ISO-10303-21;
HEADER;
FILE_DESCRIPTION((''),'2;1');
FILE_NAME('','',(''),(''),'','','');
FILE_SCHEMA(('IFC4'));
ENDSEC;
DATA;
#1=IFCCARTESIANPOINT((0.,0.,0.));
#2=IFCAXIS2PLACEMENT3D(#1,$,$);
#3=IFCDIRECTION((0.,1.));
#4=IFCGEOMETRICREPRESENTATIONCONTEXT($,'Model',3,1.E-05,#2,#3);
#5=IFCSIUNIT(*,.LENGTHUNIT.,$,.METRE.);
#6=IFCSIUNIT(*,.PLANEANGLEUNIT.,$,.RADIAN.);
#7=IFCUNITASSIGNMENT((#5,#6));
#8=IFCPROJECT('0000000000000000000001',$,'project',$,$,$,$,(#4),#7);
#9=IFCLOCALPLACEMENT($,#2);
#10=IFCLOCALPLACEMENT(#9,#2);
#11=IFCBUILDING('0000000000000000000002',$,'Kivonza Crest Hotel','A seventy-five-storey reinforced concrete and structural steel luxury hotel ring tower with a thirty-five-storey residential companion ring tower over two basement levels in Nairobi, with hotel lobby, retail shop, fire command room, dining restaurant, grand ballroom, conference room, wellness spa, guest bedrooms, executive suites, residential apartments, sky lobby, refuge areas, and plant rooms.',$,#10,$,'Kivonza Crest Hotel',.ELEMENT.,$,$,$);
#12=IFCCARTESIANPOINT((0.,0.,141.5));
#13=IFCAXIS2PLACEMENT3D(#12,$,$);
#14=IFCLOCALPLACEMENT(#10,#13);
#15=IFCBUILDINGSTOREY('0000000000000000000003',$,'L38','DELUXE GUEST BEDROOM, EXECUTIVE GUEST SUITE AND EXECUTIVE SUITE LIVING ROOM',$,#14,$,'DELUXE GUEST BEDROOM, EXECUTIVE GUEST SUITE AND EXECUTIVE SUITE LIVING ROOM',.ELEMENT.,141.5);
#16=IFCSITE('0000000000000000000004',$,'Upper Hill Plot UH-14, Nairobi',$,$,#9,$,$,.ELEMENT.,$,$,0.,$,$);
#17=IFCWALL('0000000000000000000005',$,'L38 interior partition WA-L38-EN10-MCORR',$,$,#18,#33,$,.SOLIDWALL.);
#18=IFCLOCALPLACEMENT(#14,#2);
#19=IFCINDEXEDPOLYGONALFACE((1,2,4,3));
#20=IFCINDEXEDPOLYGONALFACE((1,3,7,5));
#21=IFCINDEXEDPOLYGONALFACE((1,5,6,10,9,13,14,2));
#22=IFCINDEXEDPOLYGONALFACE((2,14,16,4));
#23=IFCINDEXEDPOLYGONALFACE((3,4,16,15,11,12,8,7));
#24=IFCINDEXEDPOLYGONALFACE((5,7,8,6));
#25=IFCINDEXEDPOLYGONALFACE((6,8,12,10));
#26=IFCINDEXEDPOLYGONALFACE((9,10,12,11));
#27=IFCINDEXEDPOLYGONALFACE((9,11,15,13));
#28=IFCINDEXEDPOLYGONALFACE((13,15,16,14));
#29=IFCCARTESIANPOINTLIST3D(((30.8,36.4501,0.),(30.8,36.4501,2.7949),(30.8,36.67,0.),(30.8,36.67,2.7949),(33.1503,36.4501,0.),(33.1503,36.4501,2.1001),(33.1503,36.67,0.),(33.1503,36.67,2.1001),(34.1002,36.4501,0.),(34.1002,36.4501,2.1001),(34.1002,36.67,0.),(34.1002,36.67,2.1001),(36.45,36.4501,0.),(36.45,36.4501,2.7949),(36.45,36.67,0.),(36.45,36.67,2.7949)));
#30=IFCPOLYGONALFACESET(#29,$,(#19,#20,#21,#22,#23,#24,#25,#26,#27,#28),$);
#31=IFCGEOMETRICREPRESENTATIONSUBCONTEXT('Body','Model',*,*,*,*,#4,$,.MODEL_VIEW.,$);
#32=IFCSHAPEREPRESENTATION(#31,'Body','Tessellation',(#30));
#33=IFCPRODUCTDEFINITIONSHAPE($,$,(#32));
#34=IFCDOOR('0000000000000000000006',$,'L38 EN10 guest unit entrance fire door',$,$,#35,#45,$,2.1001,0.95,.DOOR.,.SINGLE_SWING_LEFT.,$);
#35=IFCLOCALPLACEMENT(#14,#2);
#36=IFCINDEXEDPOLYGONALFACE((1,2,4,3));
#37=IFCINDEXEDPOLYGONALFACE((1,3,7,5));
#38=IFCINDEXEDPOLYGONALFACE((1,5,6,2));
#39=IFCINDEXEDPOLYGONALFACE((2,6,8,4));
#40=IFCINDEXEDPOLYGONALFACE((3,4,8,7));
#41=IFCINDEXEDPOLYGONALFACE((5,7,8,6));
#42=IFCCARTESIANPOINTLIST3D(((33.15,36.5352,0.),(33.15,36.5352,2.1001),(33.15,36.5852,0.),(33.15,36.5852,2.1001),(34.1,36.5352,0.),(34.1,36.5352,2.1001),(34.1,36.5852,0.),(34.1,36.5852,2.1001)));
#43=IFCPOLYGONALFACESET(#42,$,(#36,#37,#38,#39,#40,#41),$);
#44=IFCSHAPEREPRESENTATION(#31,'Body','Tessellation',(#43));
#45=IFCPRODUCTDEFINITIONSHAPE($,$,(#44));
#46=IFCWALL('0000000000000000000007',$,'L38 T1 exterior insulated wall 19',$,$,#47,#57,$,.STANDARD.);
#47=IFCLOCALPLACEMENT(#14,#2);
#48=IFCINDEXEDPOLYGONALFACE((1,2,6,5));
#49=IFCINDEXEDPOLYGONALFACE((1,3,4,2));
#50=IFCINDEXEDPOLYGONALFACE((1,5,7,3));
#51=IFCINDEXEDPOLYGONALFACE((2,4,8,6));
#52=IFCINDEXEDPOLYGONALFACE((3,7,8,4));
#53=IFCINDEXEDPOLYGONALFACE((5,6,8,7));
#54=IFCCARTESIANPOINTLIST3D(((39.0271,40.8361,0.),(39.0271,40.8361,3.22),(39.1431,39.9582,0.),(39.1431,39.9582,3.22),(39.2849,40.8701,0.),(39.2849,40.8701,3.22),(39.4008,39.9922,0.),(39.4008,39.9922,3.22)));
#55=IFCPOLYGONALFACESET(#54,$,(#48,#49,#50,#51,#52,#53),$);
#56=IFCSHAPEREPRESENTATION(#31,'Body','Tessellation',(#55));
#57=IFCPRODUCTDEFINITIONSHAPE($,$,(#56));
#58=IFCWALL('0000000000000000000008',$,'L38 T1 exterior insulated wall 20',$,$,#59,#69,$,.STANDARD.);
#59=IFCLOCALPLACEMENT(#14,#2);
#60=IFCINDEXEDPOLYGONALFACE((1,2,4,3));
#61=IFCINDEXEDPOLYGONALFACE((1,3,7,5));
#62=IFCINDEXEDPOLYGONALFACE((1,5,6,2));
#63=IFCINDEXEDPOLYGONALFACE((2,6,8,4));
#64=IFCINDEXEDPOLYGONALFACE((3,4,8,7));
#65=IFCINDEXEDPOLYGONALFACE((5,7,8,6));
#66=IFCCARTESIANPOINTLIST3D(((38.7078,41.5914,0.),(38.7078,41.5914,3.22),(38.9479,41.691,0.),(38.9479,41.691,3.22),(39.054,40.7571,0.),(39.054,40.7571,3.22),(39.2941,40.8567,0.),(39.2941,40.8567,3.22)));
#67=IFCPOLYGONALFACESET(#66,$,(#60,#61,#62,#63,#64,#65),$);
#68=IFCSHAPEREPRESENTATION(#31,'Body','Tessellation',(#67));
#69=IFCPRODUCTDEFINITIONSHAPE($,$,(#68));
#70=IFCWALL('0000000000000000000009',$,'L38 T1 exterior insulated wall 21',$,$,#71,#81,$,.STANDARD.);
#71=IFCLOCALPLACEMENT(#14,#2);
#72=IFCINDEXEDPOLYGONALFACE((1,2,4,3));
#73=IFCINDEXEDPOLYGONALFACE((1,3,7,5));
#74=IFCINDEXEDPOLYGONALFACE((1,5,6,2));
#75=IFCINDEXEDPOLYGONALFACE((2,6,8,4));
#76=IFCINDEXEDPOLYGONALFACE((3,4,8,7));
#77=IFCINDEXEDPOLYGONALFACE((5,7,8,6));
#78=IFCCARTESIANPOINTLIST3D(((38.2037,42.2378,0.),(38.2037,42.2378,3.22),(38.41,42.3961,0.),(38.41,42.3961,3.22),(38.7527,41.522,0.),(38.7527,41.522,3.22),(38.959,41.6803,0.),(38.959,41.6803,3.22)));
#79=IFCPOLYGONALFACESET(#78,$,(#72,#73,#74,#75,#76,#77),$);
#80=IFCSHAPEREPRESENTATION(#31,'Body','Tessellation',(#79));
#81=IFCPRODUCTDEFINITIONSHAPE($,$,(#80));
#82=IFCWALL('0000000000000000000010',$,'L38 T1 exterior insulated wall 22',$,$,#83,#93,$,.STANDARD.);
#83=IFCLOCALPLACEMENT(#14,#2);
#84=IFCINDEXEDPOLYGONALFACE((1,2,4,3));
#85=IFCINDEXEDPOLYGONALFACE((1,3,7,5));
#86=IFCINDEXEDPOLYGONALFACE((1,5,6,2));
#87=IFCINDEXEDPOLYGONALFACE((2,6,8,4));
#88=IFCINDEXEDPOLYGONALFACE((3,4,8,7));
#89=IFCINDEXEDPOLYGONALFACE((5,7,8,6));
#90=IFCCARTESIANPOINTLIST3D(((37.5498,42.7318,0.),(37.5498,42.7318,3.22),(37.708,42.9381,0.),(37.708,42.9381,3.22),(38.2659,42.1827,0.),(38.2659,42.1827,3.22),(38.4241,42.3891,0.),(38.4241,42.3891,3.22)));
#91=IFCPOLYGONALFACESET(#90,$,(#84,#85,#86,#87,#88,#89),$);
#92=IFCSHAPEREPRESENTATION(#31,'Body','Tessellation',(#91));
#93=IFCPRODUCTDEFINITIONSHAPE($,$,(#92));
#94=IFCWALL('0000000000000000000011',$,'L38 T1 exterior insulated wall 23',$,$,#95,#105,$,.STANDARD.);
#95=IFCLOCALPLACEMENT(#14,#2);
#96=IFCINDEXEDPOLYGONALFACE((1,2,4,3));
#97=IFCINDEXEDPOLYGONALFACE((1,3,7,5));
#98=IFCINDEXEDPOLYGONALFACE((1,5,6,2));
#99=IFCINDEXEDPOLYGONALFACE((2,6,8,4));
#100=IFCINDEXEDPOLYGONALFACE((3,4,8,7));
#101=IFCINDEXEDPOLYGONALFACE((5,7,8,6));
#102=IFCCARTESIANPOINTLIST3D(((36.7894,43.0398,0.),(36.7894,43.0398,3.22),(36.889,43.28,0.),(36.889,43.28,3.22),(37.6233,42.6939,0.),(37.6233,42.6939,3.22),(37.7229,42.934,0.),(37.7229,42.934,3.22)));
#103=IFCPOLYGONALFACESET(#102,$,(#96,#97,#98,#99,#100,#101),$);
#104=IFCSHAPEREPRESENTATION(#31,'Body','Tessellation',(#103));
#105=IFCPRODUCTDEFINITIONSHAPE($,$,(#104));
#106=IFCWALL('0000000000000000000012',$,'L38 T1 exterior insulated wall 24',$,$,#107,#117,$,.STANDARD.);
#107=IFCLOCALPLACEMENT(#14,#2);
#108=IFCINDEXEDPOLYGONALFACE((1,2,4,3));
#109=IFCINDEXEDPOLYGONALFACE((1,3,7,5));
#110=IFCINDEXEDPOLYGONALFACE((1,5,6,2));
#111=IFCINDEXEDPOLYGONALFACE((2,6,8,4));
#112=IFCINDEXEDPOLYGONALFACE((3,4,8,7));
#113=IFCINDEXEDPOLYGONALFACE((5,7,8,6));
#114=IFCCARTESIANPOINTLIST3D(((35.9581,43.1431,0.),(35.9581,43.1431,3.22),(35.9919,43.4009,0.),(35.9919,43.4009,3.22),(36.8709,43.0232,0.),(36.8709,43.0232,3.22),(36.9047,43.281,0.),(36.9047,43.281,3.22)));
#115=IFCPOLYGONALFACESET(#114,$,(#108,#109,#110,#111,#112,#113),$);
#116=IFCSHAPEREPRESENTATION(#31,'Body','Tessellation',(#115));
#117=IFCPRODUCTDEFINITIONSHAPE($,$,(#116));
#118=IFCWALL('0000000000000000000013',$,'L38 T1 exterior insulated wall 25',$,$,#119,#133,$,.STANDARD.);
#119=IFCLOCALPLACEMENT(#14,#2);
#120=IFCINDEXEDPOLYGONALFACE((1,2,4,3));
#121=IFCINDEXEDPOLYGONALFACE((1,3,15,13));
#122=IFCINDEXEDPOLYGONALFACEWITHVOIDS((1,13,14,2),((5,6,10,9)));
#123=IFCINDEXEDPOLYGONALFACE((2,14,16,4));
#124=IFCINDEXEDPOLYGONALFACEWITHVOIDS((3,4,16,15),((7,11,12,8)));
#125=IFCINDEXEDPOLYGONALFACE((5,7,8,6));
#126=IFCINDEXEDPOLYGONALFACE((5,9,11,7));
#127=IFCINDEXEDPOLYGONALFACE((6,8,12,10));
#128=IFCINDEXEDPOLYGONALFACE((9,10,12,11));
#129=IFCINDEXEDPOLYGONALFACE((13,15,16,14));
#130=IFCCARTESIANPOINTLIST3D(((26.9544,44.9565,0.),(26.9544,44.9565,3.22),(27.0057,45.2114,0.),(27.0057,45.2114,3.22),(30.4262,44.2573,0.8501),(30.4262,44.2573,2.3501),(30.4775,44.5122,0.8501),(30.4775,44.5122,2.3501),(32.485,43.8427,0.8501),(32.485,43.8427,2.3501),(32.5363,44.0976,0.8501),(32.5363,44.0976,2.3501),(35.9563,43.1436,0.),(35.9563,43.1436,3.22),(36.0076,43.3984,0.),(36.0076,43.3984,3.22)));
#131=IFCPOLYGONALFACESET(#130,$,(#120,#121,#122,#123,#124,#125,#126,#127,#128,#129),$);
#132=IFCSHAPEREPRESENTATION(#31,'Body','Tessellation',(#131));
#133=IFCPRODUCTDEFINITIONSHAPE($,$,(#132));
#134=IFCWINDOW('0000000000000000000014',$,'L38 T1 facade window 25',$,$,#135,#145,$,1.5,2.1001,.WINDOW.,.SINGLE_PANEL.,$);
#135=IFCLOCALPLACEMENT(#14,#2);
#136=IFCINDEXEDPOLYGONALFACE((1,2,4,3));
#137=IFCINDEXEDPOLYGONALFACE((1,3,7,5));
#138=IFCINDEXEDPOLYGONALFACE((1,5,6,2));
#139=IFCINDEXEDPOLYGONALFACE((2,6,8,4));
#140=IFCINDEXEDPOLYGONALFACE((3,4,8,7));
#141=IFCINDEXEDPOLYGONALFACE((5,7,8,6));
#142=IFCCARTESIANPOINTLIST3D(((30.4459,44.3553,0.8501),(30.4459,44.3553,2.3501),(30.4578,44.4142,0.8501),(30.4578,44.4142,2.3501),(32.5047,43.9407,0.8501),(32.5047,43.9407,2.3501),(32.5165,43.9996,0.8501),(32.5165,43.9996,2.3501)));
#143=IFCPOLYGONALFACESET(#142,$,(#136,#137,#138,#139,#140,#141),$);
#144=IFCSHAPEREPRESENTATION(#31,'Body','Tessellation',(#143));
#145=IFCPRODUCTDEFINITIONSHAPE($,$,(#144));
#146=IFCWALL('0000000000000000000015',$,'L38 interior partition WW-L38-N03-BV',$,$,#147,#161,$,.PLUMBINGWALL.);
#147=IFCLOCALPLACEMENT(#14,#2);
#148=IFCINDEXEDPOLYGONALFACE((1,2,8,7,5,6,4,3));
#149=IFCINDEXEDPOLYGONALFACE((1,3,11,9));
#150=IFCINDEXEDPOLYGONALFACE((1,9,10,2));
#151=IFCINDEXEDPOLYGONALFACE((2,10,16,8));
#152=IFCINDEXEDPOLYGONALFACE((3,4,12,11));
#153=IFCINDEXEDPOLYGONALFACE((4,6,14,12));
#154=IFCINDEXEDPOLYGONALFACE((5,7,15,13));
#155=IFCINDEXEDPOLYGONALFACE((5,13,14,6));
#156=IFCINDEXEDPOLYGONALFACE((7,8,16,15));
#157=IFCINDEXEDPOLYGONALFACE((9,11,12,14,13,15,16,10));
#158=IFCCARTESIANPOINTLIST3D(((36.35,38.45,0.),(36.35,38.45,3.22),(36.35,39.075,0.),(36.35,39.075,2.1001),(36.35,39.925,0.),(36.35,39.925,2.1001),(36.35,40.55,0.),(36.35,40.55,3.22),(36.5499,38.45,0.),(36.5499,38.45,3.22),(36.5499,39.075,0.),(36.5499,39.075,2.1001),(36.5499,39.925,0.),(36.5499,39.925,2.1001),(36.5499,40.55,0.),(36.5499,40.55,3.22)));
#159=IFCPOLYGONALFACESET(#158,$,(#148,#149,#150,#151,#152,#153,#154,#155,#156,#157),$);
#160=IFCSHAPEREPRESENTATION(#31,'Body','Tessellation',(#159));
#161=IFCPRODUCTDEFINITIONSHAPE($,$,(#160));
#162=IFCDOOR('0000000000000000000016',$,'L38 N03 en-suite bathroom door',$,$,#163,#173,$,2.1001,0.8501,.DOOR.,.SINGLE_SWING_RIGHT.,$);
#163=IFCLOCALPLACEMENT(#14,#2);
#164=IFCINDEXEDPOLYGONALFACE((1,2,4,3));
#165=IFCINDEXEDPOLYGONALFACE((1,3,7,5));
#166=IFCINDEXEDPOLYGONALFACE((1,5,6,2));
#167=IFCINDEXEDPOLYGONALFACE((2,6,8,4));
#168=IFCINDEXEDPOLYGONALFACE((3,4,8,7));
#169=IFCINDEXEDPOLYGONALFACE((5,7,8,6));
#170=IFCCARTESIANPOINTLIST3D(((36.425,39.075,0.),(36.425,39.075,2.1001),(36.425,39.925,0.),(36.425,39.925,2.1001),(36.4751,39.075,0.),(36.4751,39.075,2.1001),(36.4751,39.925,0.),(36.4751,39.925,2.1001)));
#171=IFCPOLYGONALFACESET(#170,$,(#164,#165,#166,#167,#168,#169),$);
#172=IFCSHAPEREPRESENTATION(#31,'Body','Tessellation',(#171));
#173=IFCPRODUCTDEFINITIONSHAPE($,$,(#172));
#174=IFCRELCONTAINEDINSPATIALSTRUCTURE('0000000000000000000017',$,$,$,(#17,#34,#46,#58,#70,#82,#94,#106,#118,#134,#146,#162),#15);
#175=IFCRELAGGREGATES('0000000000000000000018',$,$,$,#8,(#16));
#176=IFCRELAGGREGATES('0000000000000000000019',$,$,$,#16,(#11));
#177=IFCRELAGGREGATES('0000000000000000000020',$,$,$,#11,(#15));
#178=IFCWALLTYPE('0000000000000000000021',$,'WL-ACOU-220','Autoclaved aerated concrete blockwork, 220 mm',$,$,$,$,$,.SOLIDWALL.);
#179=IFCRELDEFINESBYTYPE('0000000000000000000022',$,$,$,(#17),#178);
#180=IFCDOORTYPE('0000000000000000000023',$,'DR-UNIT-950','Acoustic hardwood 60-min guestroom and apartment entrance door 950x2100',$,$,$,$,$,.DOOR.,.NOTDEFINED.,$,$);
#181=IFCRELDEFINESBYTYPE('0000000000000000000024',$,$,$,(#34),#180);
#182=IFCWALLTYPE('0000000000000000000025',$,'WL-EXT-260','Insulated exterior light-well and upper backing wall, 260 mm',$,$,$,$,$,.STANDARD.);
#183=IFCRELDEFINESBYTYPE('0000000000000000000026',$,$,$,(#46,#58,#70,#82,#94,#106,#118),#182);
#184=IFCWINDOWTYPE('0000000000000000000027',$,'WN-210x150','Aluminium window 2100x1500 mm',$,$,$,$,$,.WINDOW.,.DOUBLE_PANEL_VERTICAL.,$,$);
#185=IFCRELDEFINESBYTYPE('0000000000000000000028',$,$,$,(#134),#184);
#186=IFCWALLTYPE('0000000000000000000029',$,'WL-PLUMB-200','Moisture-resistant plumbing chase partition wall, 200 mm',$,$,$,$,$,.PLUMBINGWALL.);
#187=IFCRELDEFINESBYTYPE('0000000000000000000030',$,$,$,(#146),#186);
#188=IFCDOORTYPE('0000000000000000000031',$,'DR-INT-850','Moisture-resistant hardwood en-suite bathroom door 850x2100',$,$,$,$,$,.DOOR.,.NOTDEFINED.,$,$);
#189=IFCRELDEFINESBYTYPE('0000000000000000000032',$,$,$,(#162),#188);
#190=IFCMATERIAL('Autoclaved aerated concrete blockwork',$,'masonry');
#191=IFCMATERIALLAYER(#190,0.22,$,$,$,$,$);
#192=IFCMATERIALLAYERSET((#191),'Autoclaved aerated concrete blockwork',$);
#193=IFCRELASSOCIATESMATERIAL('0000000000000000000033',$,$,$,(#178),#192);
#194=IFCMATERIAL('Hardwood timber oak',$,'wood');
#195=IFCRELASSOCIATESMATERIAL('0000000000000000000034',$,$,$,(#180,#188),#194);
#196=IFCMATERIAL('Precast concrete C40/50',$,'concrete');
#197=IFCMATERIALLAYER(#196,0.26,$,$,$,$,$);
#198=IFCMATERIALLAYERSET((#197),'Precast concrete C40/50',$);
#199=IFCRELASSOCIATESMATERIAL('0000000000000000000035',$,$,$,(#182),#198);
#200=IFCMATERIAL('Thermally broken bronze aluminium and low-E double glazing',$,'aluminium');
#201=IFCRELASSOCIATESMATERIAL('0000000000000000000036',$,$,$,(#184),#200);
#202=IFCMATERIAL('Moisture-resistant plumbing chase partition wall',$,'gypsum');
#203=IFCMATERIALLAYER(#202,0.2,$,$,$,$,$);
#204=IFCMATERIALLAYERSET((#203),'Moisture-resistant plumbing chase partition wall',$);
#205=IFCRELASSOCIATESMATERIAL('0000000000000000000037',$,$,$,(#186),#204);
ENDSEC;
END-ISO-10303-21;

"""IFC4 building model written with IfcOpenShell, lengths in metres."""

from ifc_helpers import new_model, si_unit, direction, frame, frame_2d, origin, place, context, subcontext, project, spatial, rectangle, extrude, material, layer, layer_set, type_object, element, fill, save


model = new_model("IFC4")

# Units and contexts
model_context = context("Model", 3, precision=1e-05, world=origin(), true_north=direction((0.0, 1.0)))
body_context = subcontext(model_context, "Body", "Model", "MODEL_VIEW")
ifc_project = project(units=[si_unit("LENGTHUNIT", "METRE"), si_unit("PLANEANGLEUNIT", "RADIAN")], contexts=[model_context])

# Site, building, storey
site_placement = place(None, origin())
site = spatial("IfcSite", under=ifc_project, at=site_placement, Name="Upper Hill Plot UH-14, Nairobi", CompositionType="ELEMENT", RefElevation=0.0)
building_placement = place(site_placement, origin())
building = spatial("IfcBuilding", under=site, at=building_placement, Name="Kivonza Crest Hotel", Description="A seventy-five-storey reinforced concrete and structural steel luxury hotel ring tower with a thirty-five-storey residential companion ring tower over two basement levels in Nairobi, with hotel lobby, retail shop, fire command room, dining restaurant, grand ballroom, conference room, wellness spa, guest bedrooms, executive suites, residential apartments, sky lobby, refuge areas, and plant rooms.", LongName="Kivonza Crest Hotel", CompositionType="ELEMENT")
storey_placement = place(building_placement, frame((0.0, 0.0, 141.5)))
storey = spatial("IfcBuildingStorey", under=building, at=storey_placement, Name="L38", Description="DELUXE GUEST BEDROOM, EXECUTIVE GUEST SUITE AND EXECUTIVE SUITE LIVING ROOM", LongName="DELUXE GUEST BEDROOM, EXECUTIVE GUEST SUITE AND EXECUTIVE SUITE LIVING ROOM", CompositionType="ELEMENT", Elevation=141.5)

# Shared definitions
ifc_material_1 = material(Name="Autoclaved aerated concrete blockwork", Category="masonry")
ifc_layer_1 = layer(ifc_material_1, 0.22)
ifc_layer_set_1 = layer_set([ifc_layer_1], Name="Autoclaved aerated concrete blockwork")
wall_type_1 = type_object("IfcWallType", Name="WL-ACOU-220", Description="Autoclaved aerated concrete blockwork, 220 mm", PredefinedType="SOLIDWALL", material=ifc_layer_set_1)

# Wall, opening, door
wall_1_placement = place(storey_placement, frame((30.8, 36.5601, 0.0), z_axis=(0.0, 0.0, 1.0), x_axis=(1.0, 0.0, 0.0)))
wall_1 = element("IfcWall", 1, at=wall_1_placement, inside=storey, type_object=wall_type_1, Name="L38 interior partition WA-L38-EN10-MCORR", PredefinedType="SOLIDWALL", context=body_context, shape_type="SweptSolid", body=[
    extrude(rectangle(XDim=5.6499, YDim=0.22, at=frame_2d((2.825, 0.0))), origin(), (0.0, 0.0, 1.0), 2.7949),
])
opening_1_placement = place(wall_1_placement, frame((2.3501, 0.0, 0.0)))
opening_1 = element("IfcOpeningElement", 2, at=opening_1_placement, cuts=wall_1, PredefinedType="OPENING", context=body_context, shape_type="SweptSolid", body=[
    extrude(rectangle(XDim=0.95, YDim=2.1001, at=frame_2d((0.4751, 1.05))), frame((0.0, 0.1201, 0.0), z_axis=(0.0, -1.0, 0.0), x_axis=(1.0, 0.0, 0.0)), (0.0, 0.0, 1.0), 0.24),
])
ifc_material_2 = material(Name="Hardwood timber oak", Category="wood")
door_type_1 = type_object("IfcDoorType", Name="DR-UNIT-950", Description="Acoustic hardwood 60-min guestroom and apartment entrance door 950x2100", OperationType="NOTDEFINED", PredefinedType="DOOR", material=ifc_material_2)
door_1_placement = place(opening_1_placement, frame((0.95, 0.0, 0.0), z_axis=(0.0, 0.0, 1.0), x_axis=(-1.0, 0.0, 0.0)))
door_1 = element("IfcDoor", 3, at=door_1_placement, inside=storey, type_object=door_type_1, Name="L38 EN10 guest unit entrance fire door", OperationType="SINGLE_SWING_LEFT", OverallHeight=2.1001, OverallWidth=0.95, PredefinedType="DOOR", context=body_context, shape_type="SweptSolid", body=[
    extrude(rectangle(XDim=0.95, YDim=2.1001, at=frame_2d((0.4751, 1.05))), frame((0.0, 0.0249, 0.0), z_axis=(0.0, -1.0, 0.0), x_axis=(1.0, 0.0, 0.0)), (0.0, 0.0, 1.0), 0.05),
])
fill(opening_1, door_1)

# Walls
ifc_material_3 = material(Name="Precast concrete C40/50", Category="concrete")
ifc_layer_2 = layer(ifc_material_3, 0.26)
ifc_layer_set_2 = layer_set([ifc_layer_2], Name="Precast concrete C40/50")
wall_type_2 = type_object("IfcWallType", Name="WL-EXT-260", Description="Insulated exterior light-well and upper backing wall, 260 mm", PredefinedType="STANDARD", material=ifc_layer_set_2)
wall_2_placement = place(storey_placement, frame((39.272, 39.9751, 0.0), z_axis=(0.0, 0.0, 1.0), x_axis=(-0.130954, 0.991388, 0.0)))
element("IfcWall", 4, at=wall_2_placement, inside=storey, type_object=wall_type_2, Name="L38 T1 exterior insulated wall 19", PredefinedType="STANDARD", context=body_context, shape_type="SweptSolid", body=[
    extrude(rectangle(XDim=0.8855, YDim=0.26, at=frame_2d((0.4429, 0.0))), origin(), (0.0, 0.0, 1.0), 3.22),
])
wall_3_placement = place(storey_placement, frame((39.1741, 40.8069, 0.0), z_axis=(0.0, 0.0, 1.0), x_axis=(-0.383291, 0.923628, 0.0)))
element("IfcWall", 5, at=wall_3_placement, inside=storey, type_object=wall_type_2, Name="L38 T1 exterior insulated wall 20", PredefinedType="STANDARD", context=body_context, shape_type="SweptSolid", body=[
    extrude(rectangle(XDim=0.9033, YDim=0.26, at=frame_2d((0.4517, 0.0))), origin(), (0.0, 0.0, 1.0), 3.22),
])
wall_4_placement = place(storey_placement, frame((38.856, 41.6011, 0.0), z_axis=(0.0, 0.0, 1.0), x_axis=(-0.608625, 0.793458, 0.0)))
element("IfcWall", 6, at=wall_4_placement, inside=storey, type_object=wall_type_2, Name="L38 T1 exterior insulated wall 21", PredefinedType="STANDARD", context=body_context, shape_type="SweptSolid", body=[
    extrude(rectangle(XDim=0.9021, YDim=0.26, at=frame_2d((0.4512, 0.0))), origin(), (0.0, 0.0, 1.0), 3.22),
])
wall_5_placement = place(storey_placement, frame((38.345, 42.2859, 0.0), z_axis=(0.0, 0.0, 1.0), x_axis=(-0.793558, 0.608494, 0.0)))
element("IfcWall", 7, at=wall_5_placement, inside=storey, type_object=wall_type_2, Name="L38 T1 exterior insulated wall 22", PredefinedType="STANDARD", context=body_context, shape_type="SweptSolid", body=[
    extrude(rectangle(XDim=0.9023, YDim=0.26, at=frame_2d((0.4512, 0.0))), origin(), (0.0, 0.0, 1.0), 3.22),
])
wall_6_placement = place(storey_placement, frame((37.6731, 42.814, 0.0), z_axis=(0.0, 0.0, 1.0), x_axis=(-0.923684, 0.383156, 0.0)))
element("IfcWall", 8, at=wall_6_placement, inside=storey, type_object=wall_type_2, Name="L38 T1 exterior insulated wall 23", PredefinedType="STANDARD", context=body_context, shape_type="SweptSolid", body=[
    extrude(rectangle(XDim=0.9028, YDim=0.26, at=frame_2d((0.4514, 0.0))), origin(), (0.0, 0.0, 1.0), 3.22),
])
wall_7_placement = place(storey_placement, frame((36.8879, 43.1521, 0.0), z_axis=(0.0, 0.0, 1.0), x_axis=(-0.991488, 0.130201, 0.0)))
element("IfcWall", 9, at=wall_7_placement, inside=storey, type_object=wall_type_2, Name="L38 T1 exterior insulated wall 24", PredefinedType="STANDARD", context=body_context, shape_type="SweptSolid", body=[
    extrude(rectangle(XDim=0.9207, YDim=0.26, at=frame_2d((0.4604, 0.0))), origin(), (0.0, 0.0, 1.0), 3.22),
])

# Wall, opening, window
wall_8_placement = place(storey_placement, frame((35.9819, 43.271, 0.0), z_axis=(0.0, 0.0, 1.0), x_axis=(-0.980316, 0.197435, 0.0)))
wall_8 = element("IfcWall", 10, at=wall_8_placement, inside=storey, type_object=wall_type_2, Name="L38 T1 exterior insulated wall 25", PredefinedType="STANDARD", context=body_context, shape_type="SweptSolid", body=[
    extrude(rectangle(XDim=9.1826, YDim=0.26, at=frame_2d((4.5913, 0.0))), origin(), (0.0, 0.0, 1.0), 3.22),
])
opening_2_placement = place(wall_8_placement, frame((3.541, 0.0, 0.8501)))
opening_2 = element("IfcOpeningElement", 11, at=opening_2_placement, cuts=wall_8, PredefinedType="OPENING", context=body_context, shape_type="SweptSolid", body=[
    extrude(rectangle(XDim=2.1001, YDim=1.5, at=frame_2d((1.05, 0.75))), frame((0.0, 0.1401, 0.0), z_axis=(0.0, -1.0, 0.0), x_axis=(1.0, 0.0, 0.0)), (0.0, 0.0, 1.0), 0.28),
])
ifc_material_4 = material(Name="Thermally broken bronze aluminium and low-E double glazing", Category="aluminium")
window_type = type_object("IfcWindowType", Name="WN-210x150", Description="Aluminium window 2100x1500 mm", PartitioningType="DOUBLE_PANEL_VERTICAL", PredefinedType="WINDOW", material=ifc_material_4)
window_placement = place(opening_2_placement, origin())
window = element("IfcWindow", 12, at=window_placement, inside=storey, type_object=window_type, Name="L38 T1 facade window 25", OverallHeight=1.5, OverallWidth=2.1001, PartitioningType="SINGLE_PANEL", PredefinedType="WINDOW", context=body_context, shape_type="SweptSolid", body=[
    extrude(rectangle(XDim=2.1001, YDim=1.5, at=frame_2d((1.05, 0.75))), frame((0.0, 0.03, 0.0), z_axis=(0.0, -1.0, 0.0), x_axis=(1.0, 0.0, 0.0)), (0.0, 0.0, 1.0), 0.0601),
])
fill(opening_2, window)

# Wall, opening, door
ifc_material_5 = material(Name="Moisture-resistant plumbing chase partition wall", Category="gypsum")
ifc_layer_3 = layer(ifc_material_5, 0.2)
ifc_layer_set_3 = layer_set([ifc_layer_3], Name="Moisture-resistant plumbing chase partition wall")
wall_type_3 = type_object("IfcWallType", Name="WL-PLUMB-200", Description="Moisture-resistant plumbing chase partition wall, 200 mm", PredefinedType="PLUMBINGWALL", material=ifc_layer_set_3)
wall_9_placement = place(storey_placement, frame((36.45, 38.45, 0.0), z_axis=(0.0, 0.0, 1.0), x_axis=(0.0, 1.0, 0.0)))
wall_9 = element("IfcWall", 13, at=wall_9_placement, inside=storey, type_object=wall_type_3, Name="L38 interior partition WW-L38-N03-BV", PredefinedType="PLUMBINGWALL", context=body_context, shape_type="SweptSolid", body=[
    extrude(rectangle(XDim=2.1001, YDim=0.2, at=frame_2d((1.05, 0.0))), origin(), (0.0, 0.0, 1.0), 3.22),
])
opening_3_placement = place(wall_9_placement, frame((0.625, 0.0, 0.0)))
opening_3 = element("IfcOpeningElement", 14, at=opening_3_placement, cuts=wall_9, PredefinedType="OPENING", context=body_context, shape_type="SweptSolid", body=[
    extrude(rectangle(XDim=0.8501, YDim=2.1001, at=frame_2d((0.425, 1.05))), frame((0.0, 0.1099, 0.0), z_axis=(0.0, -1.0, 0.0), x_axis=(1.0, 0.0, 0.0)), (0.0, 0.0, 1.0), 0.22),
])
door_type_2 = type_object("IfcDoorType", Name="DR-INT-850", Description="Moisture-resistant hardwood en-suite bathroom door 850x2100", OperationType="NOTDEFINED", PredefinedType="DOOR", material=ifc_material_2)
door_2_placement = place(opening_3_placement, origin())
door_2 = element("IfcDoor", 15, at=door_2_placement, inside=storey, type_object=door_type_2, Name="L38 N03 en-suite bathroom door", OperationType="SINGLE_SWING_RIGHT", OverallHeight=2.1001, OverallWidth=0.8501, PredefinedType="DOOR", context=body_context, shape_type="SweptSolid", body=[
    extrude(rectangle(XDim=0.8501, YDim=2.1001, at=frame_2d((0.425, 1.05))), frame((0.0, 0.0249, 0.0), z_axis=(0.0, -1.0, 0.0), x_axis=(1.0, 0.0, 0.0)), (0.0, 0.0, 1.0), 0.05),
])
fill(opening_3, door_2)

save(model, "model.ifc")
